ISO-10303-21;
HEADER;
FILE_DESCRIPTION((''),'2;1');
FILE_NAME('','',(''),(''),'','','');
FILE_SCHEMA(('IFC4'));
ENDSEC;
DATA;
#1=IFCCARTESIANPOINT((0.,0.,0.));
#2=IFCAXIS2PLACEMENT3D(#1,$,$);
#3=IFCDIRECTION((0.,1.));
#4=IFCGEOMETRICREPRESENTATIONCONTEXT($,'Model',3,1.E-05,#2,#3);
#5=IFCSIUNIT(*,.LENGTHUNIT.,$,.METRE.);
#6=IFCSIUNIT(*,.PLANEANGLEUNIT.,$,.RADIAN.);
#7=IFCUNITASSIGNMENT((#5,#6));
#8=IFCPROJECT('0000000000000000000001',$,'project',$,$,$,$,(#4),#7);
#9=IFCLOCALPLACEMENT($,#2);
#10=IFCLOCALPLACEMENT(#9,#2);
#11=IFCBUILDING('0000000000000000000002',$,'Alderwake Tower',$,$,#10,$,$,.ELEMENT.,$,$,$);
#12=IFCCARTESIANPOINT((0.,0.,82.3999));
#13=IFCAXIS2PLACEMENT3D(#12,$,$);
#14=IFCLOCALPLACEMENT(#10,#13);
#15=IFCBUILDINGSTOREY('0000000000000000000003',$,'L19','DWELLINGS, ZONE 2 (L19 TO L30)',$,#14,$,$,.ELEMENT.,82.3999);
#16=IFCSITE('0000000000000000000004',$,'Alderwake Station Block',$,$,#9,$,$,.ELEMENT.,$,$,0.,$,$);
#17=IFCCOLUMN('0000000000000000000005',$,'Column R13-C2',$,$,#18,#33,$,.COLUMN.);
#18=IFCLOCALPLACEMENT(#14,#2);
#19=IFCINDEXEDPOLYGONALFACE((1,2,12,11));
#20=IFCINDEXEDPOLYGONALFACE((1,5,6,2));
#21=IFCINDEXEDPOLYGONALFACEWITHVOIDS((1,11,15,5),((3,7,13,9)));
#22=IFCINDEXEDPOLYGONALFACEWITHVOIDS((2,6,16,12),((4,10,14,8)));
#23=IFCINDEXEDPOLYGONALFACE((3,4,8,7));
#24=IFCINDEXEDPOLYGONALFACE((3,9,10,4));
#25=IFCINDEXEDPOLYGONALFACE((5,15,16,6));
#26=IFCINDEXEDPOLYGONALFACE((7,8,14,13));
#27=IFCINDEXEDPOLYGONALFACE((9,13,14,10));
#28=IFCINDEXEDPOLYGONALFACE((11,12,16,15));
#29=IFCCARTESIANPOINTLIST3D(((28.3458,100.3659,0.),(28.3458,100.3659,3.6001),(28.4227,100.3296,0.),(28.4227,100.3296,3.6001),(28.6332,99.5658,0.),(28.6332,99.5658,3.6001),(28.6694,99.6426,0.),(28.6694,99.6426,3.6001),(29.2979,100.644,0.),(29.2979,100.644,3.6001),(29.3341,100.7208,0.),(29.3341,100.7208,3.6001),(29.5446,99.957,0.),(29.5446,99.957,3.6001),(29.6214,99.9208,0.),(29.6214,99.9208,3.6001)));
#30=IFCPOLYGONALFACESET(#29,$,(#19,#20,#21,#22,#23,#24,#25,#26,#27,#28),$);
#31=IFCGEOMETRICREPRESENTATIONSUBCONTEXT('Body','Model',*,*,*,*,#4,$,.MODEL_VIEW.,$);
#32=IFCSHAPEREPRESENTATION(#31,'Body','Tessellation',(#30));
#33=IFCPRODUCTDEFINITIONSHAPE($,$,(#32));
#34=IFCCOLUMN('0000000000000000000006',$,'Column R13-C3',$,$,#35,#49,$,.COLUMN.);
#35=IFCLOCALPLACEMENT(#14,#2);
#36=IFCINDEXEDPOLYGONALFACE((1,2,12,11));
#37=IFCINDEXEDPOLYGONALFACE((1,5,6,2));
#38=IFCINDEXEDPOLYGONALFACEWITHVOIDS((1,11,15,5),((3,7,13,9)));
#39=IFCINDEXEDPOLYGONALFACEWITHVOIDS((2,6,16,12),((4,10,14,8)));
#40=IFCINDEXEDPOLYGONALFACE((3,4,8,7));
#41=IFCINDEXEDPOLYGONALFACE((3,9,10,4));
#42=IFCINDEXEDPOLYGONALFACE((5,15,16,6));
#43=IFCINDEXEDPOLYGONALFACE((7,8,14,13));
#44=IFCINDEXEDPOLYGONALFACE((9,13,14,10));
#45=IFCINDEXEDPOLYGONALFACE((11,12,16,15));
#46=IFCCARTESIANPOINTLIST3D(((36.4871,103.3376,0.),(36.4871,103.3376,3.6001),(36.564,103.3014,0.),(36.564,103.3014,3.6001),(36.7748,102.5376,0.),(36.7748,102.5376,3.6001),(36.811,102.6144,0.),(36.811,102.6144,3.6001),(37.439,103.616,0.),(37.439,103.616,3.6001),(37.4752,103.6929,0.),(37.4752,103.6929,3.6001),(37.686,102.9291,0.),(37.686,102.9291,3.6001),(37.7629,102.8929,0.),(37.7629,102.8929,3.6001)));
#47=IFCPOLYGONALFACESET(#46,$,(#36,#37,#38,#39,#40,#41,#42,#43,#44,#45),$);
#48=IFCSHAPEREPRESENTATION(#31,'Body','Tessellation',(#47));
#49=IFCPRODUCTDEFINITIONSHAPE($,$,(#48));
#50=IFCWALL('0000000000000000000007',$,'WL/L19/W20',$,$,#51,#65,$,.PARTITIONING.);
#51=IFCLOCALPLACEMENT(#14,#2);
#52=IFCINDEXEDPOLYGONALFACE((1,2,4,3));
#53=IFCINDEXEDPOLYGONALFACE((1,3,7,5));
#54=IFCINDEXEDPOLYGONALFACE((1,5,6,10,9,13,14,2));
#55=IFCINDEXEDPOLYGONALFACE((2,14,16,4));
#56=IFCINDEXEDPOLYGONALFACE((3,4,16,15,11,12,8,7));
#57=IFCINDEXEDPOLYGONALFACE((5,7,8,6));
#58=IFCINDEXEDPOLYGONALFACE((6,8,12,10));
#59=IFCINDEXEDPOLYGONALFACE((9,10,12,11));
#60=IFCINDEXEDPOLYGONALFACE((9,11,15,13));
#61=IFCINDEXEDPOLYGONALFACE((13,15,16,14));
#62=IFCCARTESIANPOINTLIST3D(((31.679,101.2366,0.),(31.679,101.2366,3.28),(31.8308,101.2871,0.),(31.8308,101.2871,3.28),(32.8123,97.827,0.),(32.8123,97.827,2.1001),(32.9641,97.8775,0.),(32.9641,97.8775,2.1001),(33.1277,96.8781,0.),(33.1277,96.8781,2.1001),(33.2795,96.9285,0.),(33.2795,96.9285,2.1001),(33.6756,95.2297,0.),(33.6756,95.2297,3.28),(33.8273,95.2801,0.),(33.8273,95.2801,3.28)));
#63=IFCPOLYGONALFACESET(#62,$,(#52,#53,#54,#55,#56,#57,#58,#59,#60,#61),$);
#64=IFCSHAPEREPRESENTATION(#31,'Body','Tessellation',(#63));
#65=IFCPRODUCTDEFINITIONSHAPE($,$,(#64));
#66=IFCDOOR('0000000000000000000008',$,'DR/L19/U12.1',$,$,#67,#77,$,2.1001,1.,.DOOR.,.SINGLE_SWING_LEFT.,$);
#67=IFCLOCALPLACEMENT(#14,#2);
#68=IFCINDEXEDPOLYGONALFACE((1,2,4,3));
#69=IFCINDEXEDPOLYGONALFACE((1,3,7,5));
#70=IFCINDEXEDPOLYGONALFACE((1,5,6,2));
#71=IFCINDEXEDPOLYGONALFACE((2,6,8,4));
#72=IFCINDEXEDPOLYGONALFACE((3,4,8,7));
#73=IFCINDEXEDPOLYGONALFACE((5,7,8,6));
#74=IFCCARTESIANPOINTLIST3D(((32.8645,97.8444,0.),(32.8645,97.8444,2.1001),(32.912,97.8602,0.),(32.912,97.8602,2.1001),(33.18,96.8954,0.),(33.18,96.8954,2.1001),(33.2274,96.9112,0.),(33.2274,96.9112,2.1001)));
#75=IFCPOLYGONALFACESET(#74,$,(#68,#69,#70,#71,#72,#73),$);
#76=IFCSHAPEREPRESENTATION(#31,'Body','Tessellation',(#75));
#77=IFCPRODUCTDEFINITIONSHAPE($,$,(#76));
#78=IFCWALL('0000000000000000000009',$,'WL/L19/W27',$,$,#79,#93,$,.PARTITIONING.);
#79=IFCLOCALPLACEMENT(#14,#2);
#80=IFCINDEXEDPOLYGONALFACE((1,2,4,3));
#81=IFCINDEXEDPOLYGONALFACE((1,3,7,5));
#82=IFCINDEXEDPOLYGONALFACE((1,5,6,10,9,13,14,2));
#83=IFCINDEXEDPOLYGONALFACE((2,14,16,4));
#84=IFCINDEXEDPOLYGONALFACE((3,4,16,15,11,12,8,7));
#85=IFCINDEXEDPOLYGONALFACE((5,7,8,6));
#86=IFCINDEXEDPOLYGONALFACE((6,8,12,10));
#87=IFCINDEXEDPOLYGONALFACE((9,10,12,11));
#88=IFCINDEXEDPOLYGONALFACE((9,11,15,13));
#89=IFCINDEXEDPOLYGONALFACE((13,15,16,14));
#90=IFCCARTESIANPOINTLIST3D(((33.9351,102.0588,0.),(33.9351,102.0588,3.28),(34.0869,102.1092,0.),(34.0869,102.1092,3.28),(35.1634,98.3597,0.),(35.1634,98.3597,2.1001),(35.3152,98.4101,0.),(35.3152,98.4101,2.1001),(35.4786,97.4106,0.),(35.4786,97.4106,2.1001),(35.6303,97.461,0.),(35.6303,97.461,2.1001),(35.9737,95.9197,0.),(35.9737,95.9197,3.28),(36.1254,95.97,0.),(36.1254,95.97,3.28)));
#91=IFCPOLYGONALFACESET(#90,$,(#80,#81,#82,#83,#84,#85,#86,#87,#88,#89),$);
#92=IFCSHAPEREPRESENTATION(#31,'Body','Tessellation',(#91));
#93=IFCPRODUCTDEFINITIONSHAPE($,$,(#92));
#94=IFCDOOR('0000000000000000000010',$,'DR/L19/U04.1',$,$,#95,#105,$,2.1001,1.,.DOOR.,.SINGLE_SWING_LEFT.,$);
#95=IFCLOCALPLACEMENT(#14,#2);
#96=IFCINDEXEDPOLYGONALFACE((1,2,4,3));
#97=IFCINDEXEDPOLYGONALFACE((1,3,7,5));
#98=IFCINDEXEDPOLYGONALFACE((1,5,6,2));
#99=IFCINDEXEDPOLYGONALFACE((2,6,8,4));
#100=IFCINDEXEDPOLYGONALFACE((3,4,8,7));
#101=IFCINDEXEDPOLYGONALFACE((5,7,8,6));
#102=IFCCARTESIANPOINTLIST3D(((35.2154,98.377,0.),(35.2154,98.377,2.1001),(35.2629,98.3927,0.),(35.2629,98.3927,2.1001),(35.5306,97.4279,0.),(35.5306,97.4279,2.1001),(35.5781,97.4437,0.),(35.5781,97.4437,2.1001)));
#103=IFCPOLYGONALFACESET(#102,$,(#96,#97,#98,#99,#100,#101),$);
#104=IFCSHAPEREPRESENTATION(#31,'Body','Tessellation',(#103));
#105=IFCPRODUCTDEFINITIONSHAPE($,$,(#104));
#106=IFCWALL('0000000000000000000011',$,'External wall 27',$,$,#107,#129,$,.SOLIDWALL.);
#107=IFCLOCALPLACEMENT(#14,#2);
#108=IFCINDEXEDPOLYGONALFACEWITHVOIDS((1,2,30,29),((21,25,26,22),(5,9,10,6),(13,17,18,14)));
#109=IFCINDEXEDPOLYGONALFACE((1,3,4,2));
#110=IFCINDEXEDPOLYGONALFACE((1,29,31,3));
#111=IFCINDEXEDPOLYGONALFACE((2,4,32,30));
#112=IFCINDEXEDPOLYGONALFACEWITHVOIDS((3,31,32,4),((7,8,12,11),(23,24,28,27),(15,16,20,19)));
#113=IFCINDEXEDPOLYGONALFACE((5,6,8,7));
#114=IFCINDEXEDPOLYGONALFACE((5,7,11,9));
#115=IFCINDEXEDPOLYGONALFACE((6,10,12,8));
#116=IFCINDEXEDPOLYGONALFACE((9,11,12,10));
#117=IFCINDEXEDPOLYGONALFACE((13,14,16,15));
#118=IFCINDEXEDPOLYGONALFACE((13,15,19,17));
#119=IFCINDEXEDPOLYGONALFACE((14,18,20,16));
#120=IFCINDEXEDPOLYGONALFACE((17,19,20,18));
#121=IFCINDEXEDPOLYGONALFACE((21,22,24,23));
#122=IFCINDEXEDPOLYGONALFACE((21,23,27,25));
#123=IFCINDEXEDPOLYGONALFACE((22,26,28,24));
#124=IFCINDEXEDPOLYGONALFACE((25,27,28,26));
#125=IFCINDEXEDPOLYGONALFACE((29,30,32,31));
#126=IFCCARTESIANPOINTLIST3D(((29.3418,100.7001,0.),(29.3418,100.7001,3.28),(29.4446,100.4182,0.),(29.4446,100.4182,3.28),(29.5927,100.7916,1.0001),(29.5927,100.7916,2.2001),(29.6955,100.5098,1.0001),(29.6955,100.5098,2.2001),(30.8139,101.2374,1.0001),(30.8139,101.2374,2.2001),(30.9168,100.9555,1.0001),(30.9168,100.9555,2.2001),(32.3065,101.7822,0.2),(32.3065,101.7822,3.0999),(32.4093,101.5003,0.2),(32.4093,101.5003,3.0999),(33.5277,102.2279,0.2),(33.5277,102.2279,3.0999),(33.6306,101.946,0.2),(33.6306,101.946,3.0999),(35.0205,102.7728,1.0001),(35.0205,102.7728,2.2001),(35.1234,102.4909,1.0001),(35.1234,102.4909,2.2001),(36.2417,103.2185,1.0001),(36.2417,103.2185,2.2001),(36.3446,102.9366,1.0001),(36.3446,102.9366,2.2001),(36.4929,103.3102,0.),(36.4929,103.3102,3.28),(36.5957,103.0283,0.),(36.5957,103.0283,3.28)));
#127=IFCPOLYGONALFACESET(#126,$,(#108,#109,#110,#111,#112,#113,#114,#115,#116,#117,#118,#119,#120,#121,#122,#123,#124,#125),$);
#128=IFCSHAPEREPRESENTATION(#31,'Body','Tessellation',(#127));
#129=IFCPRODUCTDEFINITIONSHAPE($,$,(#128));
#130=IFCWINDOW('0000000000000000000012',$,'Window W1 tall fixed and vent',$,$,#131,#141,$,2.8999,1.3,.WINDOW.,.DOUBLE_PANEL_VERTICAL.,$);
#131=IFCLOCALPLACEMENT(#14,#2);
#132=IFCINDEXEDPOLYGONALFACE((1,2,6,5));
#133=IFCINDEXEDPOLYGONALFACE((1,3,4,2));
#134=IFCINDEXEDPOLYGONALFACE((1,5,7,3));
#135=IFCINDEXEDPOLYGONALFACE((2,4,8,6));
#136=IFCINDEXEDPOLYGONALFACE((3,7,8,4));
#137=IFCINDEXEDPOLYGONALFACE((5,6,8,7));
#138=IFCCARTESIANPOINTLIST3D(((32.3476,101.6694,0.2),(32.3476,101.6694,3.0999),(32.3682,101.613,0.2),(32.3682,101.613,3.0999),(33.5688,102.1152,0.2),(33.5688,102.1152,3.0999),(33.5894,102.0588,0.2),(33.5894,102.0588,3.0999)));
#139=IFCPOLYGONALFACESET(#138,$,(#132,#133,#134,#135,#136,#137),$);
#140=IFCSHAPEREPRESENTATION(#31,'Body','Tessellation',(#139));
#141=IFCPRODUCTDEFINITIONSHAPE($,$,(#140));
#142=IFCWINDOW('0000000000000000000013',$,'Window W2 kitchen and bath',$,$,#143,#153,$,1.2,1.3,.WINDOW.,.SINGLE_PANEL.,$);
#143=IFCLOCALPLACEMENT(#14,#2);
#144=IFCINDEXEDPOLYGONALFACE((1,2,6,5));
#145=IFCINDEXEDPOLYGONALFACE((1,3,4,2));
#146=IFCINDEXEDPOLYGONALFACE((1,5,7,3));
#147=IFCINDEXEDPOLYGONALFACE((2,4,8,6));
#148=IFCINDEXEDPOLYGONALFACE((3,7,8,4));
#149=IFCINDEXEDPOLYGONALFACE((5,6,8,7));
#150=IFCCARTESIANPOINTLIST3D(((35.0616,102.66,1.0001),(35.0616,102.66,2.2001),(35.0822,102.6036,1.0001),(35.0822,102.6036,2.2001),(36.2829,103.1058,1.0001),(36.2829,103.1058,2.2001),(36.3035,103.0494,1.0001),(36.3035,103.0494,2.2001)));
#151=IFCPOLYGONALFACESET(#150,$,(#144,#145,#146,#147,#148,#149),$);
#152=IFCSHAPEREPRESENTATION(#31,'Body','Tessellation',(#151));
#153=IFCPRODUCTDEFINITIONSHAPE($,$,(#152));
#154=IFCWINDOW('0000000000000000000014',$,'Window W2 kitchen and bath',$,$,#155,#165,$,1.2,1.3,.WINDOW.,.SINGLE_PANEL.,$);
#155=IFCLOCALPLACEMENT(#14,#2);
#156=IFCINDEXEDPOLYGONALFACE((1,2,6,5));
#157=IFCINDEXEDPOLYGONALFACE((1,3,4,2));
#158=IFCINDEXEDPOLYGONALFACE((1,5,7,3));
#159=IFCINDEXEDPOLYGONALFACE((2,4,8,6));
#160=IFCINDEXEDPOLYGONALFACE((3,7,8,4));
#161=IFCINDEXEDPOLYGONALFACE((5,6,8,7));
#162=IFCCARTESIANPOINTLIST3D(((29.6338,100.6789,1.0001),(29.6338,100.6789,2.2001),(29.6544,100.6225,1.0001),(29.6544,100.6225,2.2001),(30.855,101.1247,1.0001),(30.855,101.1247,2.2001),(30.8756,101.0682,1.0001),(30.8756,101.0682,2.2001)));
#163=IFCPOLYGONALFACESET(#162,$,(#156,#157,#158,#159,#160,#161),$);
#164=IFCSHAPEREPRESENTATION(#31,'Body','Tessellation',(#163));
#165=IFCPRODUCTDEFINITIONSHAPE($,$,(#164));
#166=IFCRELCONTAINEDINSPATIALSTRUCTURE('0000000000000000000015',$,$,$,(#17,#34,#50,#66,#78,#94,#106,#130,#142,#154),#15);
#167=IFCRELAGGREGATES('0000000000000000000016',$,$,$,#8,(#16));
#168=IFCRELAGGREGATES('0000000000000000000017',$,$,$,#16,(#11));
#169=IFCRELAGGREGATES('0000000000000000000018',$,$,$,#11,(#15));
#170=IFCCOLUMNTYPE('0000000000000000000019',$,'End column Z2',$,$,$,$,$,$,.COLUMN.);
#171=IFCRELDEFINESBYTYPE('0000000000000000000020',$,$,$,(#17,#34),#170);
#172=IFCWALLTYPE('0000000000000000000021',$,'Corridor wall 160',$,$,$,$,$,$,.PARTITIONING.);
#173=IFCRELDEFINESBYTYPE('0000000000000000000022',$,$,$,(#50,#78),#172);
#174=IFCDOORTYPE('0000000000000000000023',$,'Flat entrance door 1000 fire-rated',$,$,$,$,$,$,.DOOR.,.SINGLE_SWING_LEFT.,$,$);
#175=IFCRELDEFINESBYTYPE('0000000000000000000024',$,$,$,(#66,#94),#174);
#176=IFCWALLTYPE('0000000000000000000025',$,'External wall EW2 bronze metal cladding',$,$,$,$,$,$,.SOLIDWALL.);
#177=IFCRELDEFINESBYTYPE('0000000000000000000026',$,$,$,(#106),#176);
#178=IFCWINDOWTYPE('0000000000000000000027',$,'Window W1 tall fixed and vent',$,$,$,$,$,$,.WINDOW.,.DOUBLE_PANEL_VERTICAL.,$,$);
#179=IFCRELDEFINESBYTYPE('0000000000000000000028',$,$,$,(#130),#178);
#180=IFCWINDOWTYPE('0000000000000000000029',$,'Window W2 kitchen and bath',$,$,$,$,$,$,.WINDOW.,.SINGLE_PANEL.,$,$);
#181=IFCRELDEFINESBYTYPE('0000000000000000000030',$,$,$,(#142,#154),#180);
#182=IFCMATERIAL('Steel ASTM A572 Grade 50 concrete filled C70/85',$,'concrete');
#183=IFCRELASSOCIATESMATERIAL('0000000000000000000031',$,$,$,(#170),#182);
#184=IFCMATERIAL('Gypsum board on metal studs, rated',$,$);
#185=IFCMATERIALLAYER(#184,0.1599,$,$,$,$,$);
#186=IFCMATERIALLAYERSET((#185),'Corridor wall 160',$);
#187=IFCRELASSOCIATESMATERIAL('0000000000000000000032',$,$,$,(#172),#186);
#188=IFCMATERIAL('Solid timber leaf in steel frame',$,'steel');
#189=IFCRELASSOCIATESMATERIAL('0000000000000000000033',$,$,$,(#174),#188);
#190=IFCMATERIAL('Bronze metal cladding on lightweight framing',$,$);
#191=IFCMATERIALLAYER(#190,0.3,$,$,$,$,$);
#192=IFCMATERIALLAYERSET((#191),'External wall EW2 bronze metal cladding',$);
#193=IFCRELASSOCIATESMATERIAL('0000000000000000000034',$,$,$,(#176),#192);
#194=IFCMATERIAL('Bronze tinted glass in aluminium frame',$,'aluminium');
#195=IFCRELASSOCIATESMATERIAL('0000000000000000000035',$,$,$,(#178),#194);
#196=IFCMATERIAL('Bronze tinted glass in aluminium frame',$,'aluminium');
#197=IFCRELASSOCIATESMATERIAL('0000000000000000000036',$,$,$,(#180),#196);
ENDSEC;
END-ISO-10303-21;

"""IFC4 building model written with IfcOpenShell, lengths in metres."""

from ifc_helpers import new_model, si_unit, direction, frame, frame_2d, origin, origin_2d, place, context, subcontext, project, spatial, rectangle, hollow_rectangle, extrude, material, layer, layer_set, material_profile, profile_set, type_object, element, fill, save


model = new_model("IFC4")

# Units and contexts
model_context = context("Model", 3, precision=1e-05, world=origin(), true_north=direction((0.0, 1.0)))
body_context = subcontext(model_context, "Body", "Model", "MODEL_VIEW")
ifc_project = project(units=[si_unit("LENGTHUNIT", "METRE"), si_unit("PLANEANGLEUNIT", "RADIAN")], contexts=[model_context])

# Site, building, storey
site_placement = place(None, origin())
site = spatial("IfcSite", under=ifc_project, at=site_placement, Name="Alderwake Station Block", CompositionType="ELEMENT", RefElevation=0.0)
building_placement = place(site_placement, origin())
building = spatial("IfcBuilding", under=site, at=building_placement, Name="Alderwake Tower", CompositionType="ELEMENT")
storey_placement = place(building_placement, frame((0.0, 0.0, 82.3999)))
storey = spatial("IfcBuildingStorey", under=building, at=storey_placement, Name="L19", Description="DWELLINGS, ZONE 2 (L19 TO L30)", CompositionType="ELEMENT", Elevation=82.3999)

# Columns
ifc_material_1 = material(Name="Steel ASTM A572 Grade 50 concrete filled C70/85", Category="concrete")
ifc_material_profile_1 = material_profile(ifc_material_1, hollow_rectangle(XDim=0.8501, YDim=1.05, WallThickness=0.0601, at=origin_2d()), Name="BOX 1050X850X60")
ifc_profile_set_1 = profile_set([ifc_material_profile_1], Name="Steel ASTM A572 Grade 50 concrete filled C70/85")
column_type = type_object("IfcColumnType", Name="End column Z2", PredefinedType="COLUMN", material=ifc_profile_set_1)
for number, where, z_axis, x_axis, name in (
    (1, (28.9836, 100.1433, 0.0), (0.0, 0.0, 1.0), (-0.338027, 0.941136, 0.0), "Column R13-C2"),
    (2, (37.125, 103.1152, 0.0), (0.0, 0.0, 1.0), (-0.338365, 0.941015, 0.0), "Column R13-C3"),
):
    element("IfcColumn", number, at=place(storey_placement, frame(where, z_axis=z_axis, x_axis=x_axis)), inside=storey, type_object=column_type, Name=name, PredefinedType="COLUMN", context=body_context, shape_type="SweptSolid", body=[
        extrude(hollow_rectangle(XDim=0.8501, YDim=1.05, WallThickness=0.0601, at=origin_2d()), origin(), (0.0, 0.0, 1.0), 3.6001),
    ])

# Walls, openings, doors
ifc_material_2 = material(Name="Gypsum board on metal studs, rated")
ifc_layer_1 = layer(ifc_material_2, 0.1599)
ifc_layer_set_1 = layer_set([ifc_layer_1], Name="Corridor wall 160")
wall_type_1 = type_object("IfcWallType", Name="Corridor wall 160", PredefinedType="PARTITIONING", material=ifc_layer_set_1)
wall_1_placement = place(storey_placement, frame((33.7515, 95.2549, 0.0), z_axis=(0.0, 0.0, 1.0), x_axis=(-0.315406, 0.948957, 0.0)))
wall_1 = element("IfcWall", 3, at=wall_1_placement, inside=storey, type_object=wall_type_1, Name="WL/L19/W20", PredefinedType="PARTITIONING", context=body_context, shape_type="SweptSolid", body=[
    extrude(rectangle(XDim=6.3301, YDim=0.1599, at=frame_2d((3.165, 0.0))), origin(), (0.0, 0.0, 1.0), 3.28),
])
opening_1_placement = place(wall_1_placement, frame((1.7371, 0.0, 0.0)))
opening_1 = element("IfcOpeningElement", 4, at=opening_1_placement, cuts=wall_1, PredefinedType="OPENING", context=body_context, shape_type="SweptSolid", body=[
    extrude(rectangle(XDim=1.0, YDim=2.1001, at=frame_2d((0.5, 1.05))), frame((0.0, 0.0898, 0.0), z_axis=(0.0, -1.0, 0.0), x_axis=(1.0, 0.0, 0.0)), (0.0, 0.0, 1.0), 0.1799),
])
ifc_material_3 = material(Name="Solid timber leaf in steel frame", Category="steel")
door_type_1 = type_object("IfcDoorType", Name="Flat entrance door 1000 fire-rated", OperationType="SINGLE_SWING_LEFT", PredefinedType="DOOR", material=ifc_material_3)
door_1_placement = place(opening_1_placement, origin())
door_1 = element("IfcDoor", 5, at=door_1_placement, inside=storey, type_object=door_type_1, Name="DR/L19/U12.1", OperationType="SINGLE_SWING_LEFT", OverallHeight=2.1001, OverallWidth=1.0, PredefinedType="DOOR", context=body_context, shape_type="SweptSolid", body=[
    extrude(rectangle(XDim=1.0, YDim=2.1001, at=frame_2d((0.5, 1.05))), frame((0.0, 0.0249, 0.0), z_axis=(0.0, -1.0, 0.0), x_axis=(1.0, 0.0, 0.0)), (0.0, 0.0, 1.0), 0.05),
])
fill(opening_1, door_1)
wall_2_placement = place(storey_placement, frame((34.011, 102.084, 0.0), z_axis=(0.0, 0.0, 1.0), x_axis=(0.315141, -0.949045, 0.0)))
wall_2 = element("IfcWall", 6, at=wall_2_placement, inside=storey, type_object=wall_type_1, Name="WL/L19/W27", PredefinedType="PARTITIONING", context=body_context, shape_type="SweptSolid", body=[
    extrude(rectangle(XDim=6.4688, YDim=0.1599, at=frame_2d((3.2344, 0.0))), origin(), (0.0, 0.0, 1.0), 3.28),
])
opening_2_placement = place(wall_2_placement, frame((3.8977, 0.0, 0.0)))
opening_2 = element("IfcOpeningElement", 7, at=opening_2_placement, cuts=wall_2, PredefinedType="OPENING", context=body_context, shape_type="SweptSolid", body=[
    extrude(rectangle(XDim=1.0, YDim=2.1001, at=frame_2d((0.5, 1.05))), frame((0.0, 0.0898, 0.0), z_axis=(0.0, -1.0, 0.0), x_axis=(1.0, 0.0, 0.0)), (0.0, 0.0, 1.0), 0.1799),
])
door_2_placement = place(opening_2_placement, origin())
door_2 = element("IfcDoor", 8, at=door_2_placement, inside=storey, type_object=door_type_1, Name="DR/L19/U04.1", OperationType="SINGLE_SWING_LEFT", OverallHeight=2.1001, OverallWidth=1.0, PredefinedType="DOOR", context=body_context, shape_type="SweptSolid", body=[
    extrude(rectangle(XDim=1.0, YDim=2.1001, at=frame_2d((0.5, 1.05))), frame((0.0, 0.0249, 0.0), z_axis=(0.0, -1.0, 0.0), x_axis=(1.0, 0.0, 0.0)), (0.0, 0.0, 1.0), 0.05),
])
fill(opening_2, door_2)

# Wall, openings, windows
ifc_material_4 = material(Name="Bronze metal cladding on lightweight framing")
ifc_layer_2 = layer(ifc_material_4, 0.3)
ifc_layer_set_2 = layer_set([ifc_layer_2], Name="External wall EW2 bronze metal cladding")
wall_type_2 = type_object("IfcWallType", Name="External wall EW2 bronze metal cladding", PredefinedType="SOLIDWALL", material=ifc_layer_set_2)
wall_3_placement = place(storey_placement, frame((36.5442, 103.1692, 0.0), z_axis=(0.0, 0.0, 1.0), x_axis=(-0.939384, -0.342868, 0.0)))
wall_3 = element("IfcWall", 9, at=wall_3_placement, inside=storey, type_object=wall_type_2, Name="External wall 27", PredefinedType="SOLIDWALL", context=body_context, shape_type="SweptSolid", body=[
    extrude(rectangle(XDim=7.6125, YDim=0.3, at=frame_2d((3.8062, 0.0))), origin(), (0.0, 0.0, 1.0), 3.28),
])
opening_3_placement = place(wall_3_placement, frame((0.2673, 0.0, 1.0)))
opening_3 = element("IfcOpeningElement", 10, at=opening_3_placement, cuts=wall_3, PredefinedType="OPENING", context=body_context, shape_type="SweptSolid", body=[
    extrude(rectangle(XDim=1.3, YDim=1.2, at=frame_2d((0.6499, 0.6001))), frame((0.0, 0.1599, 0.0), z_axis=(0.0, -1.0, 0.0), x_axis=(1.0, 0.0, 0.0)), (0.0, 0.0, 1.0), 0.3201),
])
opening_4_placement = place(wall_3_placement, frame((3.1565, 0.0, 0.2)))
opening_4 = element("IfcOpeningElement", 11, at=opening_4_placement, cuts=wall_3, PredefinedType="OPENING", context=body_context, shape_type="SweptSolid", body=[
    extrude(rectangle(XDim=1.3, YDim=2.8999, at=frame_2d((0.6499, 1.45))), frame((0.0, 0.1599, 0.0), z_axis=(0.0, -1.0, 0.0), x_axis=(1.0, 0.0, 0.0)), (0.0, 0.0, 1.0), 0.3201),
])
opening_5_placement = place(wall_3_placement, frame((6.0454, 0.0, 1.0)))
opening_5 = element("IfcOpeningElement", 12, at=opening_5_placement, cuts=wall_3, PredefinedType="OPENING", context=body_context, shape_type="SweptSolid", body=[
    extrude(rectangle(XDim=1.3, YDim=1.2, at=frame_2d((0.6499, 0.6001))), frame((0.0, 0.1599, 0.0), z_axis=(0.0, -1.0, 0.0), x_axis=(1.0, 0.0, 0.0)), (0.0, 0.0, 1.0), 0.3201),
])
ifc_material_5 = material(Name="Bronze tinted glass in aluminium frame", Category="aluminium")
window_type_1 = type_object("IfcWindowType", Name="Window W1 tall fixed and vent", PartitioningType="DOUBLE_PANEL_VERTICAL", PredefinedType="WINDOW", material=ifc_material_5)
window_1_placement = place(opening_4_placement, origin())
window_1 = element("IfcWindow", 13, at=window_1_placement, inside=storey, type_object=window_type_1, Name="Window W1 tall fixed and vent", OverallHeight=2.8999, OverallWidth=1.3, PartitioningType="DOUBLE_PANEL_VERTICAL", PredefinedType="WINDOW", context=body_context, shape_type="SweptSolid", body=[
    extrude(rectangle(XDim=1.3, YDim=2.8999, at=frame_2d((0.6499, 1.45))), frame((0.0, 0.03, 0.0), z_axis=(0.0, -1.0, 0.0), x_axis=(1.0, 0.0, 0.0)), (0.0, 0.0, 1.0), 0.0601),
])
fill(opening_4, window_1)
ifc_material_6 = material(Name="Bronze tinted glass in aluminium frame", Category="aluminium")
window_type_2 = type_object("IfcWindowType", Name="Window W2 kitchen and bath", PartitioningType="SINGLE_PANEL", PredefinedType="WINDOW", material=ifc_material_6)
window_2_placement = place(opening_3_placement, origin())
window_2 = element("IfcWindow", 14, at=window_2_placement, inside=storey, type_object=window_type_2, Name="Window W2 kitchen and bath", OverallHeight=1.2, OverallWidth=1.3, PartitioningType="SINGLE_PANEL", PredefinedType="WINDOW", context=body_context, shape_type="SweptSolid", body=[
    extrude(rectangle(XDim=1.3, YDim=1.2, at=frame_2d((0.6499, 0.6001))), frame((0.0, 0.03, 0.0), z_axis=(0.0, -1.0, 0.0), x_axis=(1.0, 0.0, 0.0)), (0.0, 0.0, 1.0), 0.0601),
])
fill(opening_3, window_2)
window_3_placement = place(opening_5_placement, origin())
window_3 = element("IfcWindow", 15, at=window_3_placement, inside=storey, type_object=window_type_2, Name="Window W2 kitchen and bath", OverallHeight=1.2, OverallWidth=1.3, PartitioningType="SINGLE_PANEL", PredefinedType="WINDOW", context=body_context, shape_type="SweptSolid", body=[
    extrude(rectangle(XDim=1.3, YDim=1.2, at=frame_2d((0.6499, 0.6001))), frame((0.0, 0.03, 0.0), z_axis=(0.0, -1.0, 0.0), x_axis=(1.0, 0.0, 0.0)), (0.0, 0.0, 1.0), 0.0601),
])
fill(opening_5, window_3)

save(model, "model.ifc")
